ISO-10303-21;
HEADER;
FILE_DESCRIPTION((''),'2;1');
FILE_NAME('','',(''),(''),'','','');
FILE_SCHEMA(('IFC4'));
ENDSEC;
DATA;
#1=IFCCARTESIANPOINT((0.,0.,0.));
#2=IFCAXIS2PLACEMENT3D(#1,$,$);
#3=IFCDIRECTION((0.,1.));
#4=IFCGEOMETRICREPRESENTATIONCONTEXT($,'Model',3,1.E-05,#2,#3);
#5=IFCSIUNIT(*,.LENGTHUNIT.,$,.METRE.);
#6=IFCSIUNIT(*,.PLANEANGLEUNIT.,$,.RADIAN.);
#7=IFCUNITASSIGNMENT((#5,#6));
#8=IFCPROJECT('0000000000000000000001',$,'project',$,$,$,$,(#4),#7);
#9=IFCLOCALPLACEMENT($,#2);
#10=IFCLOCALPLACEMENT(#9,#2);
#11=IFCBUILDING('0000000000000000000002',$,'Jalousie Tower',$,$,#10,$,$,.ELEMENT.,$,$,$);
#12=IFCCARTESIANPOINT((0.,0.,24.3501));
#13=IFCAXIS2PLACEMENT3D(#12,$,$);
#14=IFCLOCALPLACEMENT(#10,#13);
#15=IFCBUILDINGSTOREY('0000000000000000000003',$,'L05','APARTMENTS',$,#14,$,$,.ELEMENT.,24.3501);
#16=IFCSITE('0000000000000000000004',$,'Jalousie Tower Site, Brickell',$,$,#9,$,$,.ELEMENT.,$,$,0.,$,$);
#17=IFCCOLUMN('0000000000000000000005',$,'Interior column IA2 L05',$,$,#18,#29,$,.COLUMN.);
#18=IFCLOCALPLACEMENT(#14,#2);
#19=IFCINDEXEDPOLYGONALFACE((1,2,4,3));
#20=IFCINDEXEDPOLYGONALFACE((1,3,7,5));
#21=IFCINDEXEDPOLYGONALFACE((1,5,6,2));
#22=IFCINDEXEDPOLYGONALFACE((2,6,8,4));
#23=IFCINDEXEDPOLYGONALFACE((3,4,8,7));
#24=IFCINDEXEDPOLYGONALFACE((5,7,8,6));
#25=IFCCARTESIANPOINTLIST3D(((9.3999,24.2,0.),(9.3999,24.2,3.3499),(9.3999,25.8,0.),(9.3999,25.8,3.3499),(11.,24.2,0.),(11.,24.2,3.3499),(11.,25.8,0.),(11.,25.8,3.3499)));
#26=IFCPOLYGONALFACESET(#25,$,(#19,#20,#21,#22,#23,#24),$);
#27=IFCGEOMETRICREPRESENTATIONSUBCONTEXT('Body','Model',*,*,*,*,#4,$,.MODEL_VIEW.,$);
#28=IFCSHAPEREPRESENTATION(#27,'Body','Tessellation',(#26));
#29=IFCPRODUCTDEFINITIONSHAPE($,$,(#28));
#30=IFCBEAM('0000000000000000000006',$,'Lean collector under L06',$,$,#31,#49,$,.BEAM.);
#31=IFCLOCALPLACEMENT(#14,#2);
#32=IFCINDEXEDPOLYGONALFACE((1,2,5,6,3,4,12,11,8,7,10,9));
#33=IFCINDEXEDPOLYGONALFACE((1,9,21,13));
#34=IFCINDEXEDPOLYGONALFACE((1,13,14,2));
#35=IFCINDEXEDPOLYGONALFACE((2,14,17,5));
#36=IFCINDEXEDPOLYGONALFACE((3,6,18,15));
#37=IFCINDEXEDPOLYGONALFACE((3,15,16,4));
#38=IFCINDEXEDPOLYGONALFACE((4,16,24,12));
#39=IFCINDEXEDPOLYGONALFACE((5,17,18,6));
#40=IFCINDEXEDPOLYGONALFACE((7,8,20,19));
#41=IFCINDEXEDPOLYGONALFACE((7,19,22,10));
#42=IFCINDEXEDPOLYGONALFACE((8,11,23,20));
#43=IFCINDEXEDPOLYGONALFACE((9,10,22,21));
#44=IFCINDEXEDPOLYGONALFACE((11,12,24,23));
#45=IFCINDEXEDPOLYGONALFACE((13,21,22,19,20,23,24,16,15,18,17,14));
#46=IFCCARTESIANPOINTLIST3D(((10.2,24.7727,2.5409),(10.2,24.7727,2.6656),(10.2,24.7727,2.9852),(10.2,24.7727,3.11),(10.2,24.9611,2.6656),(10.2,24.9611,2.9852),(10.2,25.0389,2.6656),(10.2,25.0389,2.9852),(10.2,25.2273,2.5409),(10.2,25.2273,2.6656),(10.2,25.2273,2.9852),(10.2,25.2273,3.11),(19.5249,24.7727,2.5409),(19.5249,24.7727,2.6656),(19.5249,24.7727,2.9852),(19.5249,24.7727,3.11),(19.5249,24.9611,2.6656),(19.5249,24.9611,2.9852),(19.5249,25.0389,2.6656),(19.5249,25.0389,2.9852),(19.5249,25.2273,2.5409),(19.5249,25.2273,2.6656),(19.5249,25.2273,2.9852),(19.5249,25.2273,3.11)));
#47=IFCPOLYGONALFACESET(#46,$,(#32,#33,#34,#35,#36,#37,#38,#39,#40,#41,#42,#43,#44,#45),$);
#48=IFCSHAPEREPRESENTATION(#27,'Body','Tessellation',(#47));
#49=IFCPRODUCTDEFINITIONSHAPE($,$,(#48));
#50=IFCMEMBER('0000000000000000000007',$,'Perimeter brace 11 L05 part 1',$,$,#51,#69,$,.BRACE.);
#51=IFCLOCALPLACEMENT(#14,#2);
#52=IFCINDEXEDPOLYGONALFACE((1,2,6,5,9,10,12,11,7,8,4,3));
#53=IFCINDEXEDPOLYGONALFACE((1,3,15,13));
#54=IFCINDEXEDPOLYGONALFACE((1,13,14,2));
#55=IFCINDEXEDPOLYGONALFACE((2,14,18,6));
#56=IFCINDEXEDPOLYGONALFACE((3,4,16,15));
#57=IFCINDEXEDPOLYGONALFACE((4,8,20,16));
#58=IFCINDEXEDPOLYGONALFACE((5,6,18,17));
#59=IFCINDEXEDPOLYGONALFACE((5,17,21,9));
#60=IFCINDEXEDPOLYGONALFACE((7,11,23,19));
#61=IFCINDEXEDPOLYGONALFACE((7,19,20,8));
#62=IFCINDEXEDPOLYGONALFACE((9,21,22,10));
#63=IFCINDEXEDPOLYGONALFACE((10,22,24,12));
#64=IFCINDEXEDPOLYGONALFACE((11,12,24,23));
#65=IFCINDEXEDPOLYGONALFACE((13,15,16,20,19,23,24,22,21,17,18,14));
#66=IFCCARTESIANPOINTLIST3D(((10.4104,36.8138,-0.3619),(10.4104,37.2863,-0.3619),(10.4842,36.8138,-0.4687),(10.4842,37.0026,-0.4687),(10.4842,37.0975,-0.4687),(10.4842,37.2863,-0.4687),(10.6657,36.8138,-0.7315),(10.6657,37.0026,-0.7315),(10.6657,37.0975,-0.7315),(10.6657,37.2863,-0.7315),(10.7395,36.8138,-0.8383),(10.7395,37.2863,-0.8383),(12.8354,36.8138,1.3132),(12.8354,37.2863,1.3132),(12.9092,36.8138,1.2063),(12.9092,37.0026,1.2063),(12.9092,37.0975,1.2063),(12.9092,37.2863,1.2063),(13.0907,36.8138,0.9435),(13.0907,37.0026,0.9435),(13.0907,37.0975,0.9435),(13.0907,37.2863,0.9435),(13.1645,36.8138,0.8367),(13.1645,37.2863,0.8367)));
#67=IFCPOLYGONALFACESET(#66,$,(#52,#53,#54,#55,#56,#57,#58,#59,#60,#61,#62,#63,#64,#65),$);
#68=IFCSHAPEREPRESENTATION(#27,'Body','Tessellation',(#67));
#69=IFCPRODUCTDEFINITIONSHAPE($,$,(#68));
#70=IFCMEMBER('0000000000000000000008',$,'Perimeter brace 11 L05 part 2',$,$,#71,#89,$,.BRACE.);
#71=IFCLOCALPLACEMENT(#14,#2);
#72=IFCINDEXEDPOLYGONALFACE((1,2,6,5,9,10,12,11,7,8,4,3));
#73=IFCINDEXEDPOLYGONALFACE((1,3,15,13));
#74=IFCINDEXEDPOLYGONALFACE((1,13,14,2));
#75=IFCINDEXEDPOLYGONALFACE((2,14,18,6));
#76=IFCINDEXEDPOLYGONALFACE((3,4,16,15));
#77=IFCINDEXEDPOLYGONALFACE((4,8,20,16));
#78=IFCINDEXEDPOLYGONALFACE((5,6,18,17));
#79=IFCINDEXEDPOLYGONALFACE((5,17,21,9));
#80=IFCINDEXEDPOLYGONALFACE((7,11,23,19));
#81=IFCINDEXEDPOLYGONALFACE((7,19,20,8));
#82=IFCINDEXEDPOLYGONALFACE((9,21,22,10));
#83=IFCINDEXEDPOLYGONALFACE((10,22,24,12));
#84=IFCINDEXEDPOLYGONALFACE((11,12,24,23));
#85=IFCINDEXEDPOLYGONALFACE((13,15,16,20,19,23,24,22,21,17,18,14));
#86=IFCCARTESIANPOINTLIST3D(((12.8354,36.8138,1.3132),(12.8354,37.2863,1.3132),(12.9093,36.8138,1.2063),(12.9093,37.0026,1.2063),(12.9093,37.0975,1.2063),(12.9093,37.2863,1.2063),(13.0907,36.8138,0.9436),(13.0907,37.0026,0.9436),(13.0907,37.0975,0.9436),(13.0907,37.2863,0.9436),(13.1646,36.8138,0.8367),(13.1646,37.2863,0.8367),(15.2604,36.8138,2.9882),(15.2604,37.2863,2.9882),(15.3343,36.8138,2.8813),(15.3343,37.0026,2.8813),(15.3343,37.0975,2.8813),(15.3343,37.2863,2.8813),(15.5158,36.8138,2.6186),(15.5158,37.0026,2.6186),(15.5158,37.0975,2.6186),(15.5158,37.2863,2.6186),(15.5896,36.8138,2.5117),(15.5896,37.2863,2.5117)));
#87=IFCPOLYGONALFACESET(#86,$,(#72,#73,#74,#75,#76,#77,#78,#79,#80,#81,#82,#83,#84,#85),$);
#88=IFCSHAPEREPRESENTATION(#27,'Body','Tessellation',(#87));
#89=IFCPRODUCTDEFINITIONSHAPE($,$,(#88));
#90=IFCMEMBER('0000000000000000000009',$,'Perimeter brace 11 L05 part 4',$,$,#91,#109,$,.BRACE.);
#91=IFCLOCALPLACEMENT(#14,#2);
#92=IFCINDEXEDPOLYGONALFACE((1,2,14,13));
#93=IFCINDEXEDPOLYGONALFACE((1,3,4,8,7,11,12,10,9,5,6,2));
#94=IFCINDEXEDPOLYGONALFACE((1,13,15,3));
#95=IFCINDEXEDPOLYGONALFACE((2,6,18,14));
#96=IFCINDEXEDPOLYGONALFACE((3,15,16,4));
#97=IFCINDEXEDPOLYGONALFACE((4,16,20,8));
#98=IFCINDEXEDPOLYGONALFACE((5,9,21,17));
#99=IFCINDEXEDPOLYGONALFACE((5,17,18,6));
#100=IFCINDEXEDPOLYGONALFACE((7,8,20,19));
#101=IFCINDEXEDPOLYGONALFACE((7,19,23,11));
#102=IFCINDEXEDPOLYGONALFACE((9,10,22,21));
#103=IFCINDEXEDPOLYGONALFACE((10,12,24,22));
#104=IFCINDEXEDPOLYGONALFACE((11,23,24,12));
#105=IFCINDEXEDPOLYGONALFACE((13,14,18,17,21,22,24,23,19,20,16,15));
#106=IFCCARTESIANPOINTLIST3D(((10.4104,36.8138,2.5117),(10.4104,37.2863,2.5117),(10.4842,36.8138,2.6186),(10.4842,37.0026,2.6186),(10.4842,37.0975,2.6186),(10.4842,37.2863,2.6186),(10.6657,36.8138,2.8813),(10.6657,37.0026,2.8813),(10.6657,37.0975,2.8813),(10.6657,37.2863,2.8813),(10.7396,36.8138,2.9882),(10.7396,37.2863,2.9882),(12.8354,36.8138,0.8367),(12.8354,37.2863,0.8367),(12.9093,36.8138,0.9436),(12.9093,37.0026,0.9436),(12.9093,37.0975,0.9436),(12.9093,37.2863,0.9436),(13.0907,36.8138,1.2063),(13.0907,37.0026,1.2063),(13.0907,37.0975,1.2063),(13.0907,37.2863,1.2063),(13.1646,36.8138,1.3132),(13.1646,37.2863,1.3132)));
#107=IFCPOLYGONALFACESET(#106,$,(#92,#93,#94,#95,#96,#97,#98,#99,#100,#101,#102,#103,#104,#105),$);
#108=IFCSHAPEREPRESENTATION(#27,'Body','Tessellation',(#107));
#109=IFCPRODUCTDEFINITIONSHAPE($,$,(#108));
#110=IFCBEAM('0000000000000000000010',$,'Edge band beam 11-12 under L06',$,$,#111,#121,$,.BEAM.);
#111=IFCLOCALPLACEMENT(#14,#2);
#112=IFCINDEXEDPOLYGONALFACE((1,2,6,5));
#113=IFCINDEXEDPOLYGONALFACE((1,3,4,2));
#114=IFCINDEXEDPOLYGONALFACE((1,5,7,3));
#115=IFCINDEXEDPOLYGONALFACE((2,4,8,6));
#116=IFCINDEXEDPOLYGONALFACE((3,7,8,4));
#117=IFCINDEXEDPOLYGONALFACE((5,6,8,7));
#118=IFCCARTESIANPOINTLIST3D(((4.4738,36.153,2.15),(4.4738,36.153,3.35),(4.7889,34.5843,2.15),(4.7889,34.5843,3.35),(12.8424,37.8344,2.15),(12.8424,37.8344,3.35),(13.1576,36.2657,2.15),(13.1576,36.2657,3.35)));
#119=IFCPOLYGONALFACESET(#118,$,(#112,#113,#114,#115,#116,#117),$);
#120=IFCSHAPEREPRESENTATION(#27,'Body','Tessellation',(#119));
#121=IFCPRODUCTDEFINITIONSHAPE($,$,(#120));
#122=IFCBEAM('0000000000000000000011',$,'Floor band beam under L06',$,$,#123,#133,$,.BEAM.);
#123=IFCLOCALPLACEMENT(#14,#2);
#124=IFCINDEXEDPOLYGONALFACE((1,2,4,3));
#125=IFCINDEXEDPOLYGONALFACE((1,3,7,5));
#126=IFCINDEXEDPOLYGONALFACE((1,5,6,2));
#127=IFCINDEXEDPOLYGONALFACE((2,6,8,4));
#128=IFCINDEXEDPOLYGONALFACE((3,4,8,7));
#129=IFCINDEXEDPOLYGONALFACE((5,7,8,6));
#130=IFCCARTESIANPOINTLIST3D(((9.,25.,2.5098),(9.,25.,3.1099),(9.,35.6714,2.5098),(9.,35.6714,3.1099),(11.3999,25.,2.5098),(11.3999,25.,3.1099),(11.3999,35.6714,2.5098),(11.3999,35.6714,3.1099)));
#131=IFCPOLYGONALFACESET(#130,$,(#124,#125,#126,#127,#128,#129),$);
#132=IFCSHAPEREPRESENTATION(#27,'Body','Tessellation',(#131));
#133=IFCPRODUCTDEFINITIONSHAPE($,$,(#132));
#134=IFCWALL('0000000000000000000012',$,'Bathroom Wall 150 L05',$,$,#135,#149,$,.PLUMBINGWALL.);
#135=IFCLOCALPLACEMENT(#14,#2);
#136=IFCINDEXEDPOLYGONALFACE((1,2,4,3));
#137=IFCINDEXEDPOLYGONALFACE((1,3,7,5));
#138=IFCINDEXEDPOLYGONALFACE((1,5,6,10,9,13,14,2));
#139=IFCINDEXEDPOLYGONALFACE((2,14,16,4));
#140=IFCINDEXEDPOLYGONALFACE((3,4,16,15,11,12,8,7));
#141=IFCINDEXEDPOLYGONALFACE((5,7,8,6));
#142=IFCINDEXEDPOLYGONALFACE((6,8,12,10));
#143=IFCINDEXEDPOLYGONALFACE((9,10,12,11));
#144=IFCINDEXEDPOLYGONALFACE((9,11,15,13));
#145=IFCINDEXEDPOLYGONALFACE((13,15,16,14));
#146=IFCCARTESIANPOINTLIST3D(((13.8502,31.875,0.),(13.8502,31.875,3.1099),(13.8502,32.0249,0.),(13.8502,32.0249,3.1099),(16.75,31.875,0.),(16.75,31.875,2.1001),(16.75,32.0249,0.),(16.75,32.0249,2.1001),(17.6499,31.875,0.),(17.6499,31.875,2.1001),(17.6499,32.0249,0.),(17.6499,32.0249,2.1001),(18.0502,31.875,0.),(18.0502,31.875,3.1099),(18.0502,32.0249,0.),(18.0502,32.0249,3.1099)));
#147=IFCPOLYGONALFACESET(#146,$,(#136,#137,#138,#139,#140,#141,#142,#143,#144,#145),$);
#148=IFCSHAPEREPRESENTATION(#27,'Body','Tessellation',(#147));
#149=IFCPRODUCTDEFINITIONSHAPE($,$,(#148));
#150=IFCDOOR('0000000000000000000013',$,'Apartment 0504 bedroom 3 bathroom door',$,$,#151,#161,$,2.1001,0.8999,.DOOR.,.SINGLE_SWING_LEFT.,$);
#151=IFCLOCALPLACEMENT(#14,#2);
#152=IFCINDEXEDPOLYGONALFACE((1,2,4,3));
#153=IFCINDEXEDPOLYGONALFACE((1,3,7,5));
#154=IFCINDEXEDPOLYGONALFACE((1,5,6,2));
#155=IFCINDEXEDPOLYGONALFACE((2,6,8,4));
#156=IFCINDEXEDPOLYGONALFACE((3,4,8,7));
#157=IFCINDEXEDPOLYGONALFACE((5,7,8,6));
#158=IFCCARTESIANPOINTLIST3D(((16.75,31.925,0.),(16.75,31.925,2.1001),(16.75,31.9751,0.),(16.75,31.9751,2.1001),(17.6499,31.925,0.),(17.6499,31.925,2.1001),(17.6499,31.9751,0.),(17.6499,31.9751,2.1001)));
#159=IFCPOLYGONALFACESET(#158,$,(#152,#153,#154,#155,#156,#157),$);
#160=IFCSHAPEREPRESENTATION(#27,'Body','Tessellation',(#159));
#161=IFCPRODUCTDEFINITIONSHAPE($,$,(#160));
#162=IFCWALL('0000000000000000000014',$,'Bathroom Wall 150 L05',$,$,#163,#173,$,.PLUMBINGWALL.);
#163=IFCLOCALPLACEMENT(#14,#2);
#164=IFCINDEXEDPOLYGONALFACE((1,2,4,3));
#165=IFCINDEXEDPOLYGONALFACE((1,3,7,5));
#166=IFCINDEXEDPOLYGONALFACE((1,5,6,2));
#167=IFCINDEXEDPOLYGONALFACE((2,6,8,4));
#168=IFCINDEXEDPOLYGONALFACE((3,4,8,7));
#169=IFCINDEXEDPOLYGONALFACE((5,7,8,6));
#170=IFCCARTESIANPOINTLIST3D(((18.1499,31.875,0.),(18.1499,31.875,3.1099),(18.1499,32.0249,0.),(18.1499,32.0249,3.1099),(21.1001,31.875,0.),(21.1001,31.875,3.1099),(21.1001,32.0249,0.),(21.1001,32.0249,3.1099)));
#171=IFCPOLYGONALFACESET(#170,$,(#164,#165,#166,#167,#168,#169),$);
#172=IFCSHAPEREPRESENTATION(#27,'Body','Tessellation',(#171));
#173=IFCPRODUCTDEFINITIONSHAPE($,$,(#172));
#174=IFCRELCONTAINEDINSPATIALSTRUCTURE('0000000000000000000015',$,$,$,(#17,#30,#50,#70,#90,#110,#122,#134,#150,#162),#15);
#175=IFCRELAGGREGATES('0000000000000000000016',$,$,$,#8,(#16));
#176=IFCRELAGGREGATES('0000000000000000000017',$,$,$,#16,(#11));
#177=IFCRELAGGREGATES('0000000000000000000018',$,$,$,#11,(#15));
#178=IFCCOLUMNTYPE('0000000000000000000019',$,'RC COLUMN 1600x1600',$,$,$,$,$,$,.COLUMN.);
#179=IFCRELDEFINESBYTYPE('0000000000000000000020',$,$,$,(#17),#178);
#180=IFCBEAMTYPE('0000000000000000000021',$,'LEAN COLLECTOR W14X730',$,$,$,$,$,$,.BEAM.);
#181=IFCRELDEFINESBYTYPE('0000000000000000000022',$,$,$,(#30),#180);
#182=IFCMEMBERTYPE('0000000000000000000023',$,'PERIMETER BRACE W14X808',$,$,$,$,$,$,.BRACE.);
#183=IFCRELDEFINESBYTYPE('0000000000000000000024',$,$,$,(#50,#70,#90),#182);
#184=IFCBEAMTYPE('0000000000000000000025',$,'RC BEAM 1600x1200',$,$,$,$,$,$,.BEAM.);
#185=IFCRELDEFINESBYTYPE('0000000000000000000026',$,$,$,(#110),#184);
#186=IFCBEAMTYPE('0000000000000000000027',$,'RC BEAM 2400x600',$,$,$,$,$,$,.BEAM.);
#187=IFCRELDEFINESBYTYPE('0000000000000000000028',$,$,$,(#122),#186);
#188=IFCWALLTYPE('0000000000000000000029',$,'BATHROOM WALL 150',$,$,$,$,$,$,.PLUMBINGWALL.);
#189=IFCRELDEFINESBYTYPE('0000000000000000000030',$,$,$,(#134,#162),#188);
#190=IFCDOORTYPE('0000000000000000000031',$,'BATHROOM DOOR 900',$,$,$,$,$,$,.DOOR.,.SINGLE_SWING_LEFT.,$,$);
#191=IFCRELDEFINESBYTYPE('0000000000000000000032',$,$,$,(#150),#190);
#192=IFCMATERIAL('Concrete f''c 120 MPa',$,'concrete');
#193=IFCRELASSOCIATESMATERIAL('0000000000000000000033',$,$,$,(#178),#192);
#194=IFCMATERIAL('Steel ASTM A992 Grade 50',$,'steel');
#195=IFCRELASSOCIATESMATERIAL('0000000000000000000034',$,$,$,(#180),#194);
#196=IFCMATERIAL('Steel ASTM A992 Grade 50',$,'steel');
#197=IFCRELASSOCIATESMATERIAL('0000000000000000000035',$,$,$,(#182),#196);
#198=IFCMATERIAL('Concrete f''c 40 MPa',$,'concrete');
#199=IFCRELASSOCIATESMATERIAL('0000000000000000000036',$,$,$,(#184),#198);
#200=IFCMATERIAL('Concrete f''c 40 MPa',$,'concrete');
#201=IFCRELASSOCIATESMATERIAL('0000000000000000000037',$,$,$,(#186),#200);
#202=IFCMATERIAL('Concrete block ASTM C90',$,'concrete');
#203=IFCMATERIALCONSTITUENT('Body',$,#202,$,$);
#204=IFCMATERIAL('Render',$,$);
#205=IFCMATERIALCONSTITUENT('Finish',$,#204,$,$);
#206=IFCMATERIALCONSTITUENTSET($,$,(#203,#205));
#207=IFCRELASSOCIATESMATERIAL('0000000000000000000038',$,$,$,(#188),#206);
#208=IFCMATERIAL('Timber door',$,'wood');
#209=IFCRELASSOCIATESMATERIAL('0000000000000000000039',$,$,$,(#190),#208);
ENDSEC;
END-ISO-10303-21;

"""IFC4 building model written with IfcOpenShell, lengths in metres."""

from ifc_helpers import new_model, si_unit, direction, frame, frame_2d, origin, origin_2d, place, context, subcontext, project, spatial, rectangle, i_section, extrude, material, constituent, constituent_set, material_profile, profile_set, type_object, element, fill, save


model = new_model("IFC4")

# Units and contexts
model_context = context("Model", 3, precision=1e-05, world=origin(), true_north=direction((0.0, 1.0)))
body_context = subcontext(model_context, "Body", "Model", "MODEL_VIEW")
ifc_project = project(units=[si_unit("LENGTHUNIT", "METRE"), si_unit("PLANEANGLEUNIT", "RADIAN")], contexts=[model_context])

# Site, building, storey
site_placement = place(None, origin())
site = spatial("IfcSite", under=ifc_project, at=site_placement, Name="Jalousie Tower Site, Brickell", CompositionType="ELEMENT", RefElevation=0.0)
building_placement = place(site_placement, origin())
building = spatial("IfcBuilding", under=site, at=building_placement, Name="Jalousie Tower", CompositionType="ELEMENT")
storey_placement = place(building_placement, frame((0.0, 0.0, 24.3501)))
storey = spatial("IfcBuildingStorey", under=building, at=storey_placement, Name="L05", Description="APARTMENTS", CompositionType="ELEMENT", Elevation=24.3501)

# Column
ifc_material_1 = material(Name="Concrete f'c 120 MPa", Category="concrete")
ifc_material_profile_1 = material_profile(ifc_material_1, rectangle(XDim=1.6001, YDim=1.6001, at=origin_2d()), Name="RC 1600x1600")
ifc_profile_set_1 = profile_set([ifc_material_profile_1], Name="Concrete f'c 120 MPa")
column_type = type_object("IfcColumnType", Name="RC COLUMN 1600x1600", PredefinedType="COLUMN", material=ifc_profile_set_1)
column_placement = place(storey_placement, frame((10.2, 25.0, 0.0), z_axis=(0.0, 0.0, 1.0), x_axis=(1.0, 0.0, 0.0)))
element("IfcColumn", 1, at=column_placement, inside=storey, type_object=column_type, Name="Interior column IA2 L05", PredefinedType="COLUMN", context=body_context, shape_type="SweptSolid", body=[
    extrude(rectangle(XDim=1.6001, YDim=1.6001, at=origin_2d()), origin(), (0.0, 0.0, 1.0), 3.3499),
])

# Beam
ifc_material_2 = material(Name="Steel ASTM A992 Grade 50", Category="steel")
ifc_material_profile_2 = material_profile(ifc_material_2, i_section(OverallWidth=0.4546, OverallDepth=0.5691, WebThickness=0.0779, FlangeThickness=0.1248, at=origin_2d()), Name="W14X730")
ifc_profile_set_2 = profile_set([ifc_material_profile_2], Name="Steel ASTM A992 Grade 50")
beam_type_1 = type_object("IfcBeamType", Name="LEAN COLLECTOR W14X730", PredefinedType="BEAM", material=ifc_profile_set_2)
beam_1_placement = place(storey_placement, frame((10.2, 25.0, 2.8254), z_axis=(1.0, 0.0, 0.0), x_axis=(0.0, 1.0, 0.0)))
element("IfcBeam", 2, at=beam_1_placement, inside=storey, type_object=beam_type_1, Name="Lean collector under L06", PredefinedType="BEAM", context=body_context, shape_type="SweptSolid", body=[
    extrude(i_section(OverallWidth=0.4546, OverallDepth=0.5691, WebThickness=0.0779, FlangeThickness=0.1248, at=origin_2d()), origin(), (0.0, 0.0, 1.0), 9.325),
])

# Members
ifc_material_3 = material(Name="Steel ASTM A992 Grade 50", Category="steel")
ifc_material_profile_3 = material_profile(ifc_material_3, i_section(OverallWidth=0.4724, OverallDepth=0.5791, WebThickness=0.095, FlangeThickness=0.1299, at=origin_2d()), Name="W14X808")
ifc_profile_set_3 = profile_set([ifc_material_profile_3], Name="Steel ASTM A992 Grade 50")
member_type = type_object("IfcMemberType", Name="PERIMETER BRACE W14X808", PredefinedType="BRACE", material=ifc_profile_set_3)
for number, where, z_axis, x_axis, name in (
    (3, (10.575, 37.05, -0.6001), (0.8228, 0.0, 0.568331), (0.0, 1.0, 0.0), "Perimeter brace 11 L05 part 1"),
    (4, (13.0, 37.05, 1.075), (0.8228, 0.0, 0.568331), (0.0, 1.0, 0.0), "Perimeter brace 11 L05 part 2"),
    (5, (13.0, 37.05, 1.075), (-0.8228, 0.0, 0.568331), (0.0, -1.0, 0.0), "Perimeter brace 11 L05 part 4"),
):
    element("IfcMember", number, at=place(storey_placement, frame(where, z_axis=z_axis, x_axis=x_axis)), inside=storey, type_object=member_type, Name=name, PredefinedType="BRACE", context=body_context, shape_type="SweptSolid", body=[
        extrude(i_section(OverallWidth=0.4724, OverallDepth=0.5791, WebThickness=0.095, FlangeThickness=0.1299, at=origin_2d()), origin(), (0.0, 0.0, 1.0), 2.9473),
    ])

# Beams
ifc_material_4 = material(Name="Concrete f'c 40 MPa", Category="concrete")
ifc_material_profile_4 = material_profile(ifc_material_4, rectangle(XDim=1.6001, YDim=1.2, at=origin_2d()), Name="RC 1600x1200")
ifc_profile_set_4 = profile_set([ifc_material_profile_4], Name="Concrete f'c 40 MPa")
beam_type_2 = type_object("IfcBeamType", Name="RC BEAM 1600x1200", PredefinedType="BEAM", material=ifc_profile_set_4)
beam_2_placement = place(storey_placement, frame((13.0, 37.05, 2.75), z_axis=(-0.980408, -0.19698, 0.0), x_axis=(0.19698, -0.980408, 0.0)))
element("IfcBeam", 6, at=beam_2_placement, inside=storey, type_object=beam_type_2, Name="Edge band beam 11-12 under L06", PredefinedType="BEAM", context=body_context, shape_type="SweptSolid", body=[
    extrude(rectangle(XDim=1.6001, YDim=1.2, at=origin_2d()), origin(), (0.0, 0.0, 1.0), 8.5359),
])
ifc_material_5 = material(Name="Concrete f'c 40 MPa", Category="concrete")
ifc_material_profile_5 = material_profile(ifc_material_5, rectangle(XDim=2.3999, YDim=0.6001, at=origin_2d()), Name="RC 2400x600")
ifc_profile_set_5 = profile_set([ifc_material_profile_5], Name="Concrete f'c 40 MPa")
beam_type_3 = type_object("IfcBeamType", Name="RC BEAM 2400x600", PredefinedType="BEAM", material=ifc_profile_set_5)
beam_3_placement = place(storey_placement, frame((10.2, 25.0, 2.8098), z_axis=(0.0, 1.0, 0.0), x_axis=(-1.0, 0.0, 0.0)))
element("IfcBeam", 7, at=beam_3_placement, inside=storey, type_object=beam_type_3, Name="Floor band beam under L06", PredefinedType="BEAM", context=body_context, shape_type="SweptSolid", body=[
    extrude(rectangle(XDim=2.3999, YDim=0.6001, at=origin_2d()), origin(), (0.0, 0.0, 1.0), 10.6714),
])

# Wall, opening, door
ifc_material_6 = material(Name="Concrete block ASTM C90", Category="concrete")
ifc_constituent_1 = constituent(ifc_material_6, Name="Body")
ifc_material_7 = material(Name="Render")
ifc_constituent_2 = constituent(ifc_material_7, Name="Finish")
ifc_constituent_set_1 = constituent_set(constituents=[ifc_constituent_1, ifc_constituent_2])
wall_type_1 = type_object("IfcWallType", Name="BATHROOM WALL 150", PredefinedType="PLUMBINGWALL", material=ifc_constituent_set_1)
wall_1_placement = place(storey_placement, frame((13.8501, 31.95, 0.0), z_axis=(0.0, 0.0, 1.0), x_axis=(1.0, 0.0, 0.0)))
wall_1 = element("IfcWall", 8, at=wall_1_placement, inside=storey, type_object=wall_type_1, Name="Bathroom Wall 150 L05", PredefinedType="PLUMBINGWALL", context=body_context, shape_type="SweptSolid", body=[
    extrude(rectangle(XDim=4.2, YDim=0.1499, at=frame_2d((2.1001, 0.0))), origin(), (0.0, 0.0, 1.0), 3.1099),
])
opening_1_placement = place(wall_1_placement, frame((2.8999, 0.0, 0.0)))
opening_1 = element("IfcOpeningElement", 9, at=opening_1_placement, cuts=wall_1, PredefinedType="OPENING", context=body_context, shape_type="SweptSolid", body=[
    extrude(rectangle(XDim=0.8999, YDim=2.1001, at=frame_2d((0.45, 1.05))), frame((0.0, 0.085, 0.0), z_axis=(0.0, -1.0, 0.0), x_axis=(1.0, 0.0, 0.0)), (0.0, 0.0, 1.0), 0.1699),
])
ifc_material_8 = material(Name="Timber door", Category="wood")
door_type_1 = type_object("IfcDoorType", Name="BATHROOM DOOR 900", OperationType="SINGLE_SWING_LEFT", PredefinedType="DOOR", material=ifc_material_8)
door_1_placement = place(opening_1_placement, frame((0.8999, 0.0, 0.0), z_axis=(0.0, 0.0, 1.0), x_axis=(-1.0, 0.0, 0.0)))
door_1 = element("IfcDoor", 10, at=door_1_placement, inside=storey, type_object=door_type_1, Name="Apartment 0504 bedroom 3 bathroom door", OperationType="SINGLE_SWING_LEFT", OverallHeight=2.1001, OverallWidth=0.8999, PredefinedType="DOOR", context=body_context, shape_type="SweptSolid", body=[
    extrude(rectangle(XDim=0.8999, YDim=2.1001, at=frame_2d((0.45, 1.05))), frame((0.0, 0.0249, 0.0), z_axis=(0.0, -1.0, 0.0), x_axis=(1.0, 0.0, 0.0)), (0.0, 0.0, 1.0), 0.05),
])
fill(opening_1, door_1)

# Wall
wall_2_placement = place(storey_placement, frame((18.1499, 31.95, 0.0), z_axis=(0.0, 0.0, 1.0), x_axis=(1.0, 0.0, 0.0)))
element("IfcWall", 11, at=wall_2_placement, inside=storey, type_object=wall_type_1, Name="Bathroom Wall 150 L05", PredefinedType="PLUMBINGWALL", context=body_context, shape_type="SweptSolid", body=[
    extrude(rectangle(XDim=2.9502, YDim=0.1499, at=frame_2d((1.4751, 0.0))), origin(), (0.0, 0.0, 1.0), 3.1099),
])

save(model, "model.ifc")
